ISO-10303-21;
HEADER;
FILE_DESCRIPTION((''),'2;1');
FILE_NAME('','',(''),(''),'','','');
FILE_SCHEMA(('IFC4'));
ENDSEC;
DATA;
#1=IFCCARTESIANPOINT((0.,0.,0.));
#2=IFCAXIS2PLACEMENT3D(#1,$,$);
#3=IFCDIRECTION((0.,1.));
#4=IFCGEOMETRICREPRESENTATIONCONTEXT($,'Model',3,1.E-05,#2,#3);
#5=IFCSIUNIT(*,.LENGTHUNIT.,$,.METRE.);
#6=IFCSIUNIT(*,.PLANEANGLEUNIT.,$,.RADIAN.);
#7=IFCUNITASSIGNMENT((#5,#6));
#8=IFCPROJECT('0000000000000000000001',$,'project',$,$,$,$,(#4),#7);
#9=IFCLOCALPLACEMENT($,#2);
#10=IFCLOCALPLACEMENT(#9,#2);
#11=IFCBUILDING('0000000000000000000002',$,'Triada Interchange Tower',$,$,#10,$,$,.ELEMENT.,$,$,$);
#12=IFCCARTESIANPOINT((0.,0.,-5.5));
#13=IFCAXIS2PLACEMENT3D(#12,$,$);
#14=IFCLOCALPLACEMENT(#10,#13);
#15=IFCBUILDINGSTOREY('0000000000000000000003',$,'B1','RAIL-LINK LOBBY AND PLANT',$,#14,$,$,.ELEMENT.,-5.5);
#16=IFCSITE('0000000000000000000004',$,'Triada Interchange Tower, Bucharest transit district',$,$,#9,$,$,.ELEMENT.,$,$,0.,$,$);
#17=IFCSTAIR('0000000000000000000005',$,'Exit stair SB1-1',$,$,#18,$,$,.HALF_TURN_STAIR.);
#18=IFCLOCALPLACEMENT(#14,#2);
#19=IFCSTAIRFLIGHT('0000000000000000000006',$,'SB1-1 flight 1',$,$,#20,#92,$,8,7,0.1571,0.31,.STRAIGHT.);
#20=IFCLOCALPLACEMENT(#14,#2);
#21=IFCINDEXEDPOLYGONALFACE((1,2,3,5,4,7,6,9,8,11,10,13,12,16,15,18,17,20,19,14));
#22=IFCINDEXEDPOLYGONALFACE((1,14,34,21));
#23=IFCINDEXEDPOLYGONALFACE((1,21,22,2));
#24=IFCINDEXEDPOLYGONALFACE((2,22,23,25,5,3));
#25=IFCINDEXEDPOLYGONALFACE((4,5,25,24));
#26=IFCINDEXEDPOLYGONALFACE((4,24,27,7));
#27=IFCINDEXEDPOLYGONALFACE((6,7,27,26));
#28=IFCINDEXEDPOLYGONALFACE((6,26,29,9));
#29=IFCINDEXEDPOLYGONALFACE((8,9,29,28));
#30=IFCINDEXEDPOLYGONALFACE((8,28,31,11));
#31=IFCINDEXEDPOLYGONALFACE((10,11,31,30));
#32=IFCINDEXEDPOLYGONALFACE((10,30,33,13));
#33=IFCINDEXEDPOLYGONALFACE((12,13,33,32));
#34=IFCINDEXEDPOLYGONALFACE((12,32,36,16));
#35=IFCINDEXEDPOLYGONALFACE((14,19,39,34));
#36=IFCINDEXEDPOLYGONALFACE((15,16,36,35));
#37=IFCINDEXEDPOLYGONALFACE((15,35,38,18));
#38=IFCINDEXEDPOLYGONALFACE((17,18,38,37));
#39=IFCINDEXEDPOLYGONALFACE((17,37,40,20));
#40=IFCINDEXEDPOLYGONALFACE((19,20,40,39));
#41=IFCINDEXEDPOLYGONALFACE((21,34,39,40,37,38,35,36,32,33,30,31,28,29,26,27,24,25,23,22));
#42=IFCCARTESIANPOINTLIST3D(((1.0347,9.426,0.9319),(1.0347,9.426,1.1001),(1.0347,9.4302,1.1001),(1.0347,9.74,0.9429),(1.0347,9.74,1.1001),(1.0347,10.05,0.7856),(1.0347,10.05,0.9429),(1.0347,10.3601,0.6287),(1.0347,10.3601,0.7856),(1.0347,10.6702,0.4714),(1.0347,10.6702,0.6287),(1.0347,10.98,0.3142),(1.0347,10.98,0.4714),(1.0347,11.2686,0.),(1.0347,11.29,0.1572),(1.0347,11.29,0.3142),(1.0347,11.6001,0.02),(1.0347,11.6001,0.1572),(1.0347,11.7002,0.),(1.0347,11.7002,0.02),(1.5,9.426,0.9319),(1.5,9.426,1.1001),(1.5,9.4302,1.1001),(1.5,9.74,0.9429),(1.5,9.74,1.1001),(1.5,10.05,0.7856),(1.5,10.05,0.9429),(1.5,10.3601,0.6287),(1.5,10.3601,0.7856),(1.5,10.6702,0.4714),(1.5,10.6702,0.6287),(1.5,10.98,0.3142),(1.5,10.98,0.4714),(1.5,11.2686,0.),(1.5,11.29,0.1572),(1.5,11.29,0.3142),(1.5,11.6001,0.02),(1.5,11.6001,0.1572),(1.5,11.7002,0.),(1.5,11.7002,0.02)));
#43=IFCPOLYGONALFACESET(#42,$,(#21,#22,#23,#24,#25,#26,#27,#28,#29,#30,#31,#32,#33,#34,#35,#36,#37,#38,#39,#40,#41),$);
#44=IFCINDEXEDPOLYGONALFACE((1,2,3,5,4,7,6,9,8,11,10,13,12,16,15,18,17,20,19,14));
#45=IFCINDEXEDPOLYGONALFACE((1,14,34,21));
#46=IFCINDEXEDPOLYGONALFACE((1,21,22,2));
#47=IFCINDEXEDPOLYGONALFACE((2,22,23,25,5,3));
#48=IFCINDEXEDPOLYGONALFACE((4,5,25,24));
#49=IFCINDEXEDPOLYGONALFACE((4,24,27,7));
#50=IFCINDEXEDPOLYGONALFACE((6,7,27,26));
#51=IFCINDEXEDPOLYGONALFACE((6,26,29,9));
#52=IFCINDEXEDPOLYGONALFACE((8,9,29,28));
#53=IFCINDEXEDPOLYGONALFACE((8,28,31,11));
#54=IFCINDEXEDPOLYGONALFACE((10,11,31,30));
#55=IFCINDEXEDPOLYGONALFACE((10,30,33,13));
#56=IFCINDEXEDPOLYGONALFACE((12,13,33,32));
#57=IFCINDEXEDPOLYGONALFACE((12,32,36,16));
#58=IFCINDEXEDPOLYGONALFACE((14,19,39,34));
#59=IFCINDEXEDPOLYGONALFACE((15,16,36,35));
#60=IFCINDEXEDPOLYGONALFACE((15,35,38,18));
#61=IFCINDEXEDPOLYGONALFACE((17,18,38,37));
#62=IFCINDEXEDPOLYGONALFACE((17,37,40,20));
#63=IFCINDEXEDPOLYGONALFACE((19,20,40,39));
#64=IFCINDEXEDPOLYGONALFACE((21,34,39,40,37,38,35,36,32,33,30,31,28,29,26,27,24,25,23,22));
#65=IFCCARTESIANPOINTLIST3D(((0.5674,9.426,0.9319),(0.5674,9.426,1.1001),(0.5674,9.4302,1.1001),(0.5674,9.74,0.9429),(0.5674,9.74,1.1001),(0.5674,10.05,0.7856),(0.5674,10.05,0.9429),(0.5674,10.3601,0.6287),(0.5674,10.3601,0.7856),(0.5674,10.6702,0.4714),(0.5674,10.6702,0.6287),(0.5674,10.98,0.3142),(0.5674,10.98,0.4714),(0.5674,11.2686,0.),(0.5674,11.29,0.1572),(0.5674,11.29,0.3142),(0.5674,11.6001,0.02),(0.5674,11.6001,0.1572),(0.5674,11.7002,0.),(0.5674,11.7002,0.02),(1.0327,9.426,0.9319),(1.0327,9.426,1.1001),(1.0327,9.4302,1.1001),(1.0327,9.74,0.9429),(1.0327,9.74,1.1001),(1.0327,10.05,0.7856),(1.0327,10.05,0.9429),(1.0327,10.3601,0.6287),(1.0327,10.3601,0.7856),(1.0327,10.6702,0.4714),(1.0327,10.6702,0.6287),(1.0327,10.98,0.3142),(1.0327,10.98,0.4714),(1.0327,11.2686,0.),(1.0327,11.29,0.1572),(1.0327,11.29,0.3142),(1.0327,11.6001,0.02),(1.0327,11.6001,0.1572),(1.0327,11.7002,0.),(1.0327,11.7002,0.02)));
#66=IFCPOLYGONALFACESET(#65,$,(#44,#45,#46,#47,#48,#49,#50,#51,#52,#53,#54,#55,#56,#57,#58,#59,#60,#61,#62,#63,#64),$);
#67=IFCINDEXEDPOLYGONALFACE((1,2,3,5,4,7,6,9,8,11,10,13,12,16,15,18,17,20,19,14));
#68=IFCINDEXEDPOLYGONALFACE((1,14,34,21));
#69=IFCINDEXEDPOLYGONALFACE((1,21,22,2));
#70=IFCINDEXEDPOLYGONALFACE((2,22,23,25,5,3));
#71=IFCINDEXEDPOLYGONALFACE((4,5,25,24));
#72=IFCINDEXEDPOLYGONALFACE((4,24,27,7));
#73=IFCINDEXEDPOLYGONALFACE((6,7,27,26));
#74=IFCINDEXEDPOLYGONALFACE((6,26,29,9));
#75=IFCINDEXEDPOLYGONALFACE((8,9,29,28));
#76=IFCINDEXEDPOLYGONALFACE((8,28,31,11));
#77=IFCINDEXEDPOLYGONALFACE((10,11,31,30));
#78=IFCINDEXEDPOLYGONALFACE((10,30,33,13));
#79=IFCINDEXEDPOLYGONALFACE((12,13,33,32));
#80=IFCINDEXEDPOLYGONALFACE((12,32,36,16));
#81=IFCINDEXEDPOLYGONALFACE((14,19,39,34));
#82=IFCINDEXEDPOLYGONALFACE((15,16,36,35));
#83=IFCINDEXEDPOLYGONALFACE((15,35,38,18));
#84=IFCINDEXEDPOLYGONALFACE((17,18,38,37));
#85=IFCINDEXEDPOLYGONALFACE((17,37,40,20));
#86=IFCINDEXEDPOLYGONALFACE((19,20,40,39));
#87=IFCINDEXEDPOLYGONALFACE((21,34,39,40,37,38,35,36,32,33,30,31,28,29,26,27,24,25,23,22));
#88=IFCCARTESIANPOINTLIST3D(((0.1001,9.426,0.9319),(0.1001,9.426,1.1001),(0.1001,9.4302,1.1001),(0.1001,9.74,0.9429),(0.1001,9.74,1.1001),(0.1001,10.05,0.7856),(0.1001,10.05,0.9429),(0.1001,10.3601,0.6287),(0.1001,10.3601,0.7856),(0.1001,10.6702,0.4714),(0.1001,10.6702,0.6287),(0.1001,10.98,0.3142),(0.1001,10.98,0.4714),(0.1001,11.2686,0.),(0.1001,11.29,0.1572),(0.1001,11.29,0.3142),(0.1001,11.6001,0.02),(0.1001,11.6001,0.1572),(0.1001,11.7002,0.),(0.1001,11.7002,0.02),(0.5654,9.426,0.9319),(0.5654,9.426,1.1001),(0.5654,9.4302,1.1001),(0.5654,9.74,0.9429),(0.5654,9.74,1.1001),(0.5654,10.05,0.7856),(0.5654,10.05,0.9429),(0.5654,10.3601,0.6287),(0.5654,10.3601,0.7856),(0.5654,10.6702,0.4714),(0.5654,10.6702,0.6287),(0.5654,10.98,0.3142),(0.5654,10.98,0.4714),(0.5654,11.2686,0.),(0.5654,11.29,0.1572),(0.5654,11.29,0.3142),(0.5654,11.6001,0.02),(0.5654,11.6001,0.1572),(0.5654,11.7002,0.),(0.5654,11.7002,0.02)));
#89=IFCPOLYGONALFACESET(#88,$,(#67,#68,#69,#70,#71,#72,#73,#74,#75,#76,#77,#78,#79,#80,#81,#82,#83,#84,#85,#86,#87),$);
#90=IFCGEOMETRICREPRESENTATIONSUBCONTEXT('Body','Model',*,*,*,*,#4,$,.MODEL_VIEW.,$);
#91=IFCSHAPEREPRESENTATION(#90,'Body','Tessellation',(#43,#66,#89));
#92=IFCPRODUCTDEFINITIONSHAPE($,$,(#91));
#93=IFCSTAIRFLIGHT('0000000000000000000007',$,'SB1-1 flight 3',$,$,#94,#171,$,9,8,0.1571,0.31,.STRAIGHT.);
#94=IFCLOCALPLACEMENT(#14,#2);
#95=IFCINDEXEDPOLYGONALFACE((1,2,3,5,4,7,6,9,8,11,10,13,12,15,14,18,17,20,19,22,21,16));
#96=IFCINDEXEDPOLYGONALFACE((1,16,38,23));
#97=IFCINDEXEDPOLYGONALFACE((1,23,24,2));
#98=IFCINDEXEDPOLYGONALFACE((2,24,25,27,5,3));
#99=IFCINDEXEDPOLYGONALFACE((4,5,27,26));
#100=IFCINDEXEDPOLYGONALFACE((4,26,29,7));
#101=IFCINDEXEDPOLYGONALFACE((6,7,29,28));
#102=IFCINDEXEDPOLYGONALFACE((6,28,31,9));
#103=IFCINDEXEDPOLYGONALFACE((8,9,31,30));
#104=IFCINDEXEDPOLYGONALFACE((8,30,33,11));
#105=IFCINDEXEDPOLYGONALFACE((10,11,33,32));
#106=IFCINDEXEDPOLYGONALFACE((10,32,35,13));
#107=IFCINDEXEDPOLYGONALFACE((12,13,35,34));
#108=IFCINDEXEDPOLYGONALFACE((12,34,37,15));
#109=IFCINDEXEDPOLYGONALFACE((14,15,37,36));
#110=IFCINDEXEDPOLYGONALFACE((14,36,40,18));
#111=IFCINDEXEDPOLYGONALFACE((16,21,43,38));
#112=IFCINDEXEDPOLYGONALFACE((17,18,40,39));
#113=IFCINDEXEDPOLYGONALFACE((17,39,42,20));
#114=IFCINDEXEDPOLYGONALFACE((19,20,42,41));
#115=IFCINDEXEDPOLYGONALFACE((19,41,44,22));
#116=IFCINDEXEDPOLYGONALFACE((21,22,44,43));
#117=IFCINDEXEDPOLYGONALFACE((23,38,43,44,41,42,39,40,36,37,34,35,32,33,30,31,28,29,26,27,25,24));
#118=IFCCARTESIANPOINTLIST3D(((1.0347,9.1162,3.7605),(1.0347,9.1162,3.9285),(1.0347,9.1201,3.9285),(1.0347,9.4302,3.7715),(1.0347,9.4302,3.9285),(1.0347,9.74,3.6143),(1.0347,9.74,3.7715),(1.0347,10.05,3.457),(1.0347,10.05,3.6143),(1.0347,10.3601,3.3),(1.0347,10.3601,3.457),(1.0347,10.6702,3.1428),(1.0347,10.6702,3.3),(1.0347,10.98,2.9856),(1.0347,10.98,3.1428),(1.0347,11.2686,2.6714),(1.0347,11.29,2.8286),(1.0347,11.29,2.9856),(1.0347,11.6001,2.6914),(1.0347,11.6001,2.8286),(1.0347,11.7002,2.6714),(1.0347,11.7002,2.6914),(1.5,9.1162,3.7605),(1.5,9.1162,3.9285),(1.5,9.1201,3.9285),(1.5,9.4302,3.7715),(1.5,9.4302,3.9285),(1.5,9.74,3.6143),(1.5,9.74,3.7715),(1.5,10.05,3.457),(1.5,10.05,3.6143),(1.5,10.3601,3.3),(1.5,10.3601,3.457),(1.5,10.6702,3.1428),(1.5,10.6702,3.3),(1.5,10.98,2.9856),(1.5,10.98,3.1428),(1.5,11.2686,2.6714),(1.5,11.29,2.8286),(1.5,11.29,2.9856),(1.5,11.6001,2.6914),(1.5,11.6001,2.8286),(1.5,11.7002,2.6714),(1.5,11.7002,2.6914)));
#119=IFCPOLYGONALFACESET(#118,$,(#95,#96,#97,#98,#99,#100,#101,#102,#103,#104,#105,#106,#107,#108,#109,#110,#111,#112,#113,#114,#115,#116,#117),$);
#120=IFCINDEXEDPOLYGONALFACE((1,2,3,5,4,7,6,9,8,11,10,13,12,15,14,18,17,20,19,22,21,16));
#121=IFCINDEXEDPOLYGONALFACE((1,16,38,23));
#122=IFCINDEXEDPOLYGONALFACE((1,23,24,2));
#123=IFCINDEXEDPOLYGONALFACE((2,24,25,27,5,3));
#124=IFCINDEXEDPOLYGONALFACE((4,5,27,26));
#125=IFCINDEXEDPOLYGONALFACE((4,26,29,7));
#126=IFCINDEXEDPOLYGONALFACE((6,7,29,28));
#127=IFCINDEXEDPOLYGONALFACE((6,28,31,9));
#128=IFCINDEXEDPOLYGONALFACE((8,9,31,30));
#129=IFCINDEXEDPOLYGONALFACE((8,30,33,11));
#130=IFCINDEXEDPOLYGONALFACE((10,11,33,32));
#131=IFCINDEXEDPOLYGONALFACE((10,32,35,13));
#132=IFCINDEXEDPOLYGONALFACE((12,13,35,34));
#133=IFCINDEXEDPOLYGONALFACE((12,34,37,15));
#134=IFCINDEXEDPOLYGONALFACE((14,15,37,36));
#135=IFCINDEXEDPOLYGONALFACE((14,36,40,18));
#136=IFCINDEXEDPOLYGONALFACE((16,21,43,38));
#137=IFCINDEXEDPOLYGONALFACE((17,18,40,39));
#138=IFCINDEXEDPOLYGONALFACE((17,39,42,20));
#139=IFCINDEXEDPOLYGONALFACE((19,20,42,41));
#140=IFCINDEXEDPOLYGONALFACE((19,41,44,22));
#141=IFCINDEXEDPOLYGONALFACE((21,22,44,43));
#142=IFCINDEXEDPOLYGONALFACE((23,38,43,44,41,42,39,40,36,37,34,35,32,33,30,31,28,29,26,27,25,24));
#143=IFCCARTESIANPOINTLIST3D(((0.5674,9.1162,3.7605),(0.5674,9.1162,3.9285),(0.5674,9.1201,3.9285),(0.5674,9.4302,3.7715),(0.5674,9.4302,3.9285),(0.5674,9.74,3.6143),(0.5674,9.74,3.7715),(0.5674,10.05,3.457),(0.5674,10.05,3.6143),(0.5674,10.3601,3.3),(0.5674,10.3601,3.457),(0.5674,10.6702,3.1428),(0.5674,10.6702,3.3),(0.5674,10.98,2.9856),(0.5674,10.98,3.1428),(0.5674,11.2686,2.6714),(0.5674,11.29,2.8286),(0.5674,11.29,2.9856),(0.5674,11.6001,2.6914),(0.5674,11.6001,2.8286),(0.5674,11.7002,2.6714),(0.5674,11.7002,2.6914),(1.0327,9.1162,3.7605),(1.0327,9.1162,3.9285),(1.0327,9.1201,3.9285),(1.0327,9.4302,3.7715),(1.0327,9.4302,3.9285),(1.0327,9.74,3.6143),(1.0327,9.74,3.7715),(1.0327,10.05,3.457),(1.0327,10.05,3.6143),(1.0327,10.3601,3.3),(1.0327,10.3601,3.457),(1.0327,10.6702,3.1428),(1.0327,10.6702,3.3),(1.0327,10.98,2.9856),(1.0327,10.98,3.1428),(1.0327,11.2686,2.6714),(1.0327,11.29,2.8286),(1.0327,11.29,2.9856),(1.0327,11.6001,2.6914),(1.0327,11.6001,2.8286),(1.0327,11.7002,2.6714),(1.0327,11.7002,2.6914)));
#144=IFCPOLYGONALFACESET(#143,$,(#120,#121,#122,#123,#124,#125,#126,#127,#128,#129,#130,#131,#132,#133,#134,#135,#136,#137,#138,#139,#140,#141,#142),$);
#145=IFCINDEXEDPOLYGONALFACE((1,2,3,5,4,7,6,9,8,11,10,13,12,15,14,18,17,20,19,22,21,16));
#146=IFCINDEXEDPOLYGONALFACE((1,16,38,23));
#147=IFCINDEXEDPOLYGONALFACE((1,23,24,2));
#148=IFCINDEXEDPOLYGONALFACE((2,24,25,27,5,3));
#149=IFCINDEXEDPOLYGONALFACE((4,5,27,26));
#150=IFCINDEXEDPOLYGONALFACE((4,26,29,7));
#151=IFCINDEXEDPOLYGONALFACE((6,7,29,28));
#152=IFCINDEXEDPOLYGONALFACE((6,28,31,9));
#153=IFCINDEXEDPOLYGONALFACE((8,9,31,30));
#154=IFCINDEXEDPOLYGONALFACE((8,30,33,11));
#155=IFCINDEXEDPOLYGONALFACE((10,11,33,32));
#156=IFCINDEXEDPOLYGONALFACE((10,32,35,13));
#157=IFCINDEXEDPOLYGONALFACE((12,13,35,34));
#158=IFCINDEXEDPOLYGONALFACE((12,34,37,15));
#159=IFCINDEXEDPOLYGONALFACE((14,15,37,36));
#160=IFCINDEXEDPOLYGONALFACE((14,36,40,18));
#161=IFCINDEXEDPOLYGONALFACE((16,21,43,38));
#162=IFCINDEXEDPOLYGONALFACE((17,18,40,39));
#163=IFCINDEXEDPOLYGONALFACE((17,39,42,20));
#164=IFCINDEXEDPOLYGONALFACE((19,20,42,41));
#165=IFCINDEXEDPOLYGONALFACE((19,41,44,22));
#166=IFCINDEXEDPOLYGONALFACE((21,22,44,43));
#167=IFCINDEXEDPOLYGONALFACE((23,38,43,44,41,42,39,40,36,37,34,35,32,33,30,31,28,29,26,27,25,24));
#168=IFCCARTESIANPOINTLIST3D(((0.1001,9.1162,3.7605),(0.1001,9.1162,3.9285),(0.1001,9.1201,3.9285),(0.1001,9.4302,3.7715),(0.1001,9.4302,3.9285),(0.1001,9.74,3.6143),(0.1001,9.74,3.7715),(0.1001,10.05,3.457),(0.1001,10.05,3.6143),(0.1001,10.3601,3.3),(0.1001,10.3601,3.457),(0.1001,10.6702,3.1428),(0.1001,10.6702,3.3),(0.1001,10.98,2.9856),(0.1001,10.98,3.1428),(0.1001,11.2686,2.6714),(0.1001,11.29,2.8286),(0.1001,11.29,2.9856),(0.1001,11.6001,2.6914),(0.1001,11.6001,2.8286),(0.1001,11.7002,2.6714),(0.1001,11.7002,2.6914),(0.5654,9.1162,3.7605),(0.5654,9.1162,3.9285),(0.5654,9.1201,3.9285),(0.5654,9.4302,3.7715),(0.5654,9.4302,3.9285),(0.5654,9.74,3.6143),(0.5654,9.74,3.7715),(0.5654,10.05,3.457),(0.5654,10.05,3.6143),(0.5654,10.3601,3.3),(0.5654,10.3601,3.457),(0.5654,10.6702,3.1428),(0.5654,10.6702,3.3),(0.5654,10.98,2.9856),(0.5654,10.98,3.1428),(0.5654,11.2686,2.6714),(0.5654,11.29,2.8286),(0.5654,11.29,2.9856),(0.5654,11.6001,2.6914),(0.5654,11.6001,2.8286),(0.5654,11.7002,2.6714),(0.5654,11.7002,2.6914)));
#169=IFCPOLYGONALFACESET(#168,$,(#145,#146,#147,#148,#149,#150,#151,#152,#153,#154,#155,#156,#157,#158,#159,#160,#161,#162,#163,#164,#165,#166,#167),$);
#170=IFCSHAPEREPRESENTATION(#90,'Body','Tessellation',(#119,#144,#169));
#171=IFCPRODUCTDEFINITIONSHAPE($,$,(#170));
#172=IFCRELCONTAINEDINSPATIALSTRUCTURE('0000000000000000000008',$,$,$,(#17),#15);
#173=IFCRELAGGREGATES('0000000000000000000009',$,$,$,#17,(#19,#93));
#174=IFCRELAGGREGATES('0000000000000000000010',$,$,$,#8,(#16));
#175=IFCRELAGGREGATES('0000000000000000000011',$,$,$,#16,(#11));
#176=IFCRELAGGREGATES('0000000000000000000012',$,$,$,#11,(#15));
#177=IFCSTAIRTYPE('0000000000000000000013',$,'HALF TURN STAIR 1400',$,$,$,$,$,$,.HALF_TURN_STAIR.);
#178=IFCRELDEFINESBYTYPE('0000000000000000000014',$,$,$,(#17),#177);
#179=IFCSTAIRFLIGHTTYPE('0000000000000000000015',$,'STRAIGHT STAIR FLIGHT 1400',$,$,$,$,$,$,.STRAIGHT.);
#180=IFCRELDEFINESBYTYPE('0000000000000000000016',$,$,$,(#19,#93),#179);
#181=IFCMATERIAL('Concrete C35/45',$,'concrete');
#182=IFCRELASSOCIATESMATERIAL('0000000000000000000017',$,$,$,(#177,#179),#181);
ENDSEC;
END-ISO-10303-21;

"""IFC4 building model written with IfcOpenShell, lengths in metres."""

from ifc_helpers import new_model, si_unit, direction, frame, origin, place, context, subcontext, project, spatial, polyline, outline, extrude, material, type_object, element, aggregate, save


model = new_model("IFC4")

# Units and contexts
model_context = context("Model", 3, precision=1e-05, world=origin(), true_north=direction((0.0, 1.0)))
body_context = subcontext(model_context, "Body", "Model", "MODEL_VIEW")
ifc_project = project(units=[si_unit("LENGTHUNIT", "METRE"), si_unit("PLANEANGLEUNIT", "RADIAN")], contexts=[model_context])

# Site, building, storey
site_placement = place(None, origin())
site = spatial("IfcSite", under=ifc_project, at=site_placement, Name="Triada Interchange Tower, Bucharest transit district", CompositionType="ELEMENT", RefElevation=0.0)
building_placement = place(site_placement, origin())
building = spatial("IfcBuilding", under=site, at=building_placement, Name="Triada Interchange Tower", CompositionType="ELEMENT")
storey_placement = place(building_placement, frame((0.0, 0.0, -5.5)))
storey = spatial("IfcBuildingStorey", under=building, at=storey_placement, Name="B1", Description="RAIL-LINK LOBBY AND PLANT", CompositionType="ELEMENT", Elevation=-5.5)

# Shared definitions
ifc_material_1 = material(Name="Concrete C35/45", Category="concrete")

# Stair, stair flights
stair_type = type_object("IfcStairType", Name="HALF TURN STAIR 1400", PredefinedType="HALF_TURN_STAIR", material=ifc_material_1)
stair_placement = place(storey_placement, origin())
stair = element("IfcStair", 1, at=stair_placement, inside=storey, type_object=stair_type, Name="Exit stair SB1-1", PredefinedType="HALF_TURN_STAIR")
stair_flight_type = type_object("IfcStairFlightType", Name="STRAIGHT STAIR FLIGHT 1400", PredefinedType="STRAIGHT", material=ifc_material_1)
stair_flight_1_placement = place(storey_placement, frame((0.8, 11.6001, 0.0), z_axis=(0.0, 0.0, 1.0), x_axis=(0.0, -1.0, 0.0)))
stair_flight_1 = element("IfcStairFlight", 2, at=stair_flight_1_placement, type_object=stair_flight_type, Name="SB1-1 flight 1", NumberOfRisers=8, NumberOfTreads=7, PredefinedType="STRAIGHT", RiserHeight=0.1571, TreadLength=0.31, context=body_context, shape_type="SweptSolid", body=[
    extrude(outline(polyline([(-0.1001, 0.0), (-0.1001, 0.02), (0.0, 0.02), (0.0, 0.1572), (0.3101, 0.1572), (0.3101, 0.3142), (0.6201, 0.3142), (0.6201, 0.4714), (0.9299, 0.4714), (0.9299, 0.6287), (1.24, 0.6287), (1.24, 0.7856), (1.55, 0.7856), (1.55, 0.9429), (1.8601, 0.9429), (1.8601, 1.1001), (2.1699, 1.1001), (2.1741, 1.1001), (2.1741, 1.2571), (2.1741, 0.9319), (0.3315, 0.0), (-0.1001, 0.0)])), frame((0.0, 0.7, 0.0), z_axis=(0.0, -1.0, 0.0), x_axis=(1.0, 0.0, 0.0)), (0.0, 0.0, 1.0), 0.4653),
    extrude(outline(polyline([(-0.1001, 0.0), (-0.1001, 0.02), (0.0, 0.02), (0.0, 0.1572), (0.3101, 0.1572), (0.3101, 0.3142), (0.6201, 0.3142), (0.6201, 0.4714), (0.9299, 0.4714), (0.9299, 0.6287), (1.24, 0.6287), (1.24, 0.7856), (1.55, 0.7856), (1.55, 0.9429), (1.8601, 0.9429), (1.8601, 1.1001), (2.1699, 1.1001), (2.1741, 1.1001), (2.1741, 1.2571), (2.1741, 0.9319), (0.3315, 0.0), (-0.1001, 0.0)])), frame((0.0, 0.2327, 0.0), z_axis=(0.0, -1.0, 0.0), x_axis=(1.0, 0.0, 0.0)), (0.0, 0.0, 1.0), 0.4653),
    extrude(outline(polyline([(-0.1001, 0.0), (-0.1001, 0.02), (0.0, 0.02), (0.0, 0.1572), (0.3101, 0.1572), (0.3101, 0.3142), (0.6201, 0.3142), (0.6201, 0.4714), (0.9299, 0.4714), (0.9299, 0.6287), (1.24, 0.6287), (1.24, 0.7856), (1.55, 0.7856), (1.55, 0.9429), (1.8601, 0.9429), (1.8601, 1.1001), (2.1699, 1.1001), (2.1741, 1.1001), (2.1741, 1.2571), (2.1741, 0.9319), (0.3315, 0.0), (-0.1001, 0.0)])), frame((0.0, -0.2346, 0.0), z_axis=(0.0, -1.0, 0.0), x_axis=(1.0, 0.0, 0.0)), (0.0, 0.0, 1.0), 0.4653),
])
stair_flight_2_placement = place(storey_placement, frame((0.8, 11.6001, 2.6714), z_axis=(0.0, 0.0, 1.0), x_axis=(0.0, -1.0, 0.0)))
stair_flight_2 = element("IfcStairFlight", 3, at=stair_flight_2_placement, type_object=stair_flight_type, Name="SB1-1 flight 3", NumberOfRisers=9, NumberOfTreads=8, PredefinedType="STRAIGHT", RiserHeight=0.1571, TreadLength=0.31, context=body_context, shape_type="SweptSolid", body=[
    extrude(outline(polyline([(-0.1001, 0.0), (-0.1001, 0.02), (0.0, 0.02), (0.0, 0.1572), (0.3101, 0.1572), (0.3101, 0.3142), (0.6201, 0.3142), (0.6201, 0.4714), (0.9299, 0.4714), (0.9299, 0.6287), (1.24, 0.6287), (1.24, 0.7856), (1.55, 0.7856), (1.55, 0.9429), (1.8601, 0.9429), (1.8601, 1.1001), (2.1699, 1.1001), (2.1699, 1.2571), (2.48, 1.2571), (2.4839, 1.2571), (2.4839, 1.4143), (2.4839, 1.0891), (0.3315, 0.0), (-0.1001, 0.0)])), frame((0.0, 0.7, 0.0), z_axis=(0.0, -1.0, 0.0), x_axis=(1.0, 0.0, 0.0)), (0.0, 0.0, 1.0), 0.4653),
    extrude(outline(polyline([(-0.1001, 0.0), (-0.1001, 0.02), (0.0, 0.02), (0.0, 0.1572), (0.3101, 0.1572), (0.3101, 0.3142), (0.6201, 0.3142), (0.6201, 0.4714), (0.9299, 0.4714), (0.9299, 0.6287), (1.24, 0.6287), (1.24, 0.7856), (1.55, 0.7856), (1.55, 0.9429), (1.8601, 0.9429), (1.8601, 1.1001), (2.1699, 1.1001), (2.1699, 1.2571), (2.48, 1.2571), (2.4839, 1.2571), (2.4839, 1.4143), (2.4839, 1.0891), (0.3315, 0.0), (-0.1001, 0.0)])), frame((0.0, 0.2327, 0.0), z_axis=(0.0, -1.0, 0.0), x_axis=(1.0, 0.0, 0.0)), (0.0, 0.0, 1.0), 0.4653),
    extrude(outline(polyline([(-0.1001, 0.0), (-0.1001, 0.02), (0.0, 0.02), (0.0, 0.1572), (0.3101, 0.1572), (0.3101, 0.3142), (0.6201, 0.3142), (0.6201, 0.4714), (0.9299, 0.4714), (0.9299, 0.6287), (1.24, 0.6287), (1.24, 0.7856), (1.55, 0.7856), (1.55, 0.9429), (1.8601, 0.9429), (1.8601, 1.1001), (2.1699, 1.1001), (2.1699, 1.2571), (2.48, 1.2571), (2.4839, 1.2571), (2.4839, 1.4143), (2.4839, 1.0891), (0.3315, 0.0), (-0.1001, 0.0)])), frame((0.0, -0.2346, 0.0), z_axis=(0.0, -1.0, 0.0), x_axis=(1.0, 0.0, 0.0)), (0.0, 0.0, 1.0), 0.4653),
])
aggregate(stair, [stair_flight_1, stair_flight_2])

save(model, "model.ifc")
